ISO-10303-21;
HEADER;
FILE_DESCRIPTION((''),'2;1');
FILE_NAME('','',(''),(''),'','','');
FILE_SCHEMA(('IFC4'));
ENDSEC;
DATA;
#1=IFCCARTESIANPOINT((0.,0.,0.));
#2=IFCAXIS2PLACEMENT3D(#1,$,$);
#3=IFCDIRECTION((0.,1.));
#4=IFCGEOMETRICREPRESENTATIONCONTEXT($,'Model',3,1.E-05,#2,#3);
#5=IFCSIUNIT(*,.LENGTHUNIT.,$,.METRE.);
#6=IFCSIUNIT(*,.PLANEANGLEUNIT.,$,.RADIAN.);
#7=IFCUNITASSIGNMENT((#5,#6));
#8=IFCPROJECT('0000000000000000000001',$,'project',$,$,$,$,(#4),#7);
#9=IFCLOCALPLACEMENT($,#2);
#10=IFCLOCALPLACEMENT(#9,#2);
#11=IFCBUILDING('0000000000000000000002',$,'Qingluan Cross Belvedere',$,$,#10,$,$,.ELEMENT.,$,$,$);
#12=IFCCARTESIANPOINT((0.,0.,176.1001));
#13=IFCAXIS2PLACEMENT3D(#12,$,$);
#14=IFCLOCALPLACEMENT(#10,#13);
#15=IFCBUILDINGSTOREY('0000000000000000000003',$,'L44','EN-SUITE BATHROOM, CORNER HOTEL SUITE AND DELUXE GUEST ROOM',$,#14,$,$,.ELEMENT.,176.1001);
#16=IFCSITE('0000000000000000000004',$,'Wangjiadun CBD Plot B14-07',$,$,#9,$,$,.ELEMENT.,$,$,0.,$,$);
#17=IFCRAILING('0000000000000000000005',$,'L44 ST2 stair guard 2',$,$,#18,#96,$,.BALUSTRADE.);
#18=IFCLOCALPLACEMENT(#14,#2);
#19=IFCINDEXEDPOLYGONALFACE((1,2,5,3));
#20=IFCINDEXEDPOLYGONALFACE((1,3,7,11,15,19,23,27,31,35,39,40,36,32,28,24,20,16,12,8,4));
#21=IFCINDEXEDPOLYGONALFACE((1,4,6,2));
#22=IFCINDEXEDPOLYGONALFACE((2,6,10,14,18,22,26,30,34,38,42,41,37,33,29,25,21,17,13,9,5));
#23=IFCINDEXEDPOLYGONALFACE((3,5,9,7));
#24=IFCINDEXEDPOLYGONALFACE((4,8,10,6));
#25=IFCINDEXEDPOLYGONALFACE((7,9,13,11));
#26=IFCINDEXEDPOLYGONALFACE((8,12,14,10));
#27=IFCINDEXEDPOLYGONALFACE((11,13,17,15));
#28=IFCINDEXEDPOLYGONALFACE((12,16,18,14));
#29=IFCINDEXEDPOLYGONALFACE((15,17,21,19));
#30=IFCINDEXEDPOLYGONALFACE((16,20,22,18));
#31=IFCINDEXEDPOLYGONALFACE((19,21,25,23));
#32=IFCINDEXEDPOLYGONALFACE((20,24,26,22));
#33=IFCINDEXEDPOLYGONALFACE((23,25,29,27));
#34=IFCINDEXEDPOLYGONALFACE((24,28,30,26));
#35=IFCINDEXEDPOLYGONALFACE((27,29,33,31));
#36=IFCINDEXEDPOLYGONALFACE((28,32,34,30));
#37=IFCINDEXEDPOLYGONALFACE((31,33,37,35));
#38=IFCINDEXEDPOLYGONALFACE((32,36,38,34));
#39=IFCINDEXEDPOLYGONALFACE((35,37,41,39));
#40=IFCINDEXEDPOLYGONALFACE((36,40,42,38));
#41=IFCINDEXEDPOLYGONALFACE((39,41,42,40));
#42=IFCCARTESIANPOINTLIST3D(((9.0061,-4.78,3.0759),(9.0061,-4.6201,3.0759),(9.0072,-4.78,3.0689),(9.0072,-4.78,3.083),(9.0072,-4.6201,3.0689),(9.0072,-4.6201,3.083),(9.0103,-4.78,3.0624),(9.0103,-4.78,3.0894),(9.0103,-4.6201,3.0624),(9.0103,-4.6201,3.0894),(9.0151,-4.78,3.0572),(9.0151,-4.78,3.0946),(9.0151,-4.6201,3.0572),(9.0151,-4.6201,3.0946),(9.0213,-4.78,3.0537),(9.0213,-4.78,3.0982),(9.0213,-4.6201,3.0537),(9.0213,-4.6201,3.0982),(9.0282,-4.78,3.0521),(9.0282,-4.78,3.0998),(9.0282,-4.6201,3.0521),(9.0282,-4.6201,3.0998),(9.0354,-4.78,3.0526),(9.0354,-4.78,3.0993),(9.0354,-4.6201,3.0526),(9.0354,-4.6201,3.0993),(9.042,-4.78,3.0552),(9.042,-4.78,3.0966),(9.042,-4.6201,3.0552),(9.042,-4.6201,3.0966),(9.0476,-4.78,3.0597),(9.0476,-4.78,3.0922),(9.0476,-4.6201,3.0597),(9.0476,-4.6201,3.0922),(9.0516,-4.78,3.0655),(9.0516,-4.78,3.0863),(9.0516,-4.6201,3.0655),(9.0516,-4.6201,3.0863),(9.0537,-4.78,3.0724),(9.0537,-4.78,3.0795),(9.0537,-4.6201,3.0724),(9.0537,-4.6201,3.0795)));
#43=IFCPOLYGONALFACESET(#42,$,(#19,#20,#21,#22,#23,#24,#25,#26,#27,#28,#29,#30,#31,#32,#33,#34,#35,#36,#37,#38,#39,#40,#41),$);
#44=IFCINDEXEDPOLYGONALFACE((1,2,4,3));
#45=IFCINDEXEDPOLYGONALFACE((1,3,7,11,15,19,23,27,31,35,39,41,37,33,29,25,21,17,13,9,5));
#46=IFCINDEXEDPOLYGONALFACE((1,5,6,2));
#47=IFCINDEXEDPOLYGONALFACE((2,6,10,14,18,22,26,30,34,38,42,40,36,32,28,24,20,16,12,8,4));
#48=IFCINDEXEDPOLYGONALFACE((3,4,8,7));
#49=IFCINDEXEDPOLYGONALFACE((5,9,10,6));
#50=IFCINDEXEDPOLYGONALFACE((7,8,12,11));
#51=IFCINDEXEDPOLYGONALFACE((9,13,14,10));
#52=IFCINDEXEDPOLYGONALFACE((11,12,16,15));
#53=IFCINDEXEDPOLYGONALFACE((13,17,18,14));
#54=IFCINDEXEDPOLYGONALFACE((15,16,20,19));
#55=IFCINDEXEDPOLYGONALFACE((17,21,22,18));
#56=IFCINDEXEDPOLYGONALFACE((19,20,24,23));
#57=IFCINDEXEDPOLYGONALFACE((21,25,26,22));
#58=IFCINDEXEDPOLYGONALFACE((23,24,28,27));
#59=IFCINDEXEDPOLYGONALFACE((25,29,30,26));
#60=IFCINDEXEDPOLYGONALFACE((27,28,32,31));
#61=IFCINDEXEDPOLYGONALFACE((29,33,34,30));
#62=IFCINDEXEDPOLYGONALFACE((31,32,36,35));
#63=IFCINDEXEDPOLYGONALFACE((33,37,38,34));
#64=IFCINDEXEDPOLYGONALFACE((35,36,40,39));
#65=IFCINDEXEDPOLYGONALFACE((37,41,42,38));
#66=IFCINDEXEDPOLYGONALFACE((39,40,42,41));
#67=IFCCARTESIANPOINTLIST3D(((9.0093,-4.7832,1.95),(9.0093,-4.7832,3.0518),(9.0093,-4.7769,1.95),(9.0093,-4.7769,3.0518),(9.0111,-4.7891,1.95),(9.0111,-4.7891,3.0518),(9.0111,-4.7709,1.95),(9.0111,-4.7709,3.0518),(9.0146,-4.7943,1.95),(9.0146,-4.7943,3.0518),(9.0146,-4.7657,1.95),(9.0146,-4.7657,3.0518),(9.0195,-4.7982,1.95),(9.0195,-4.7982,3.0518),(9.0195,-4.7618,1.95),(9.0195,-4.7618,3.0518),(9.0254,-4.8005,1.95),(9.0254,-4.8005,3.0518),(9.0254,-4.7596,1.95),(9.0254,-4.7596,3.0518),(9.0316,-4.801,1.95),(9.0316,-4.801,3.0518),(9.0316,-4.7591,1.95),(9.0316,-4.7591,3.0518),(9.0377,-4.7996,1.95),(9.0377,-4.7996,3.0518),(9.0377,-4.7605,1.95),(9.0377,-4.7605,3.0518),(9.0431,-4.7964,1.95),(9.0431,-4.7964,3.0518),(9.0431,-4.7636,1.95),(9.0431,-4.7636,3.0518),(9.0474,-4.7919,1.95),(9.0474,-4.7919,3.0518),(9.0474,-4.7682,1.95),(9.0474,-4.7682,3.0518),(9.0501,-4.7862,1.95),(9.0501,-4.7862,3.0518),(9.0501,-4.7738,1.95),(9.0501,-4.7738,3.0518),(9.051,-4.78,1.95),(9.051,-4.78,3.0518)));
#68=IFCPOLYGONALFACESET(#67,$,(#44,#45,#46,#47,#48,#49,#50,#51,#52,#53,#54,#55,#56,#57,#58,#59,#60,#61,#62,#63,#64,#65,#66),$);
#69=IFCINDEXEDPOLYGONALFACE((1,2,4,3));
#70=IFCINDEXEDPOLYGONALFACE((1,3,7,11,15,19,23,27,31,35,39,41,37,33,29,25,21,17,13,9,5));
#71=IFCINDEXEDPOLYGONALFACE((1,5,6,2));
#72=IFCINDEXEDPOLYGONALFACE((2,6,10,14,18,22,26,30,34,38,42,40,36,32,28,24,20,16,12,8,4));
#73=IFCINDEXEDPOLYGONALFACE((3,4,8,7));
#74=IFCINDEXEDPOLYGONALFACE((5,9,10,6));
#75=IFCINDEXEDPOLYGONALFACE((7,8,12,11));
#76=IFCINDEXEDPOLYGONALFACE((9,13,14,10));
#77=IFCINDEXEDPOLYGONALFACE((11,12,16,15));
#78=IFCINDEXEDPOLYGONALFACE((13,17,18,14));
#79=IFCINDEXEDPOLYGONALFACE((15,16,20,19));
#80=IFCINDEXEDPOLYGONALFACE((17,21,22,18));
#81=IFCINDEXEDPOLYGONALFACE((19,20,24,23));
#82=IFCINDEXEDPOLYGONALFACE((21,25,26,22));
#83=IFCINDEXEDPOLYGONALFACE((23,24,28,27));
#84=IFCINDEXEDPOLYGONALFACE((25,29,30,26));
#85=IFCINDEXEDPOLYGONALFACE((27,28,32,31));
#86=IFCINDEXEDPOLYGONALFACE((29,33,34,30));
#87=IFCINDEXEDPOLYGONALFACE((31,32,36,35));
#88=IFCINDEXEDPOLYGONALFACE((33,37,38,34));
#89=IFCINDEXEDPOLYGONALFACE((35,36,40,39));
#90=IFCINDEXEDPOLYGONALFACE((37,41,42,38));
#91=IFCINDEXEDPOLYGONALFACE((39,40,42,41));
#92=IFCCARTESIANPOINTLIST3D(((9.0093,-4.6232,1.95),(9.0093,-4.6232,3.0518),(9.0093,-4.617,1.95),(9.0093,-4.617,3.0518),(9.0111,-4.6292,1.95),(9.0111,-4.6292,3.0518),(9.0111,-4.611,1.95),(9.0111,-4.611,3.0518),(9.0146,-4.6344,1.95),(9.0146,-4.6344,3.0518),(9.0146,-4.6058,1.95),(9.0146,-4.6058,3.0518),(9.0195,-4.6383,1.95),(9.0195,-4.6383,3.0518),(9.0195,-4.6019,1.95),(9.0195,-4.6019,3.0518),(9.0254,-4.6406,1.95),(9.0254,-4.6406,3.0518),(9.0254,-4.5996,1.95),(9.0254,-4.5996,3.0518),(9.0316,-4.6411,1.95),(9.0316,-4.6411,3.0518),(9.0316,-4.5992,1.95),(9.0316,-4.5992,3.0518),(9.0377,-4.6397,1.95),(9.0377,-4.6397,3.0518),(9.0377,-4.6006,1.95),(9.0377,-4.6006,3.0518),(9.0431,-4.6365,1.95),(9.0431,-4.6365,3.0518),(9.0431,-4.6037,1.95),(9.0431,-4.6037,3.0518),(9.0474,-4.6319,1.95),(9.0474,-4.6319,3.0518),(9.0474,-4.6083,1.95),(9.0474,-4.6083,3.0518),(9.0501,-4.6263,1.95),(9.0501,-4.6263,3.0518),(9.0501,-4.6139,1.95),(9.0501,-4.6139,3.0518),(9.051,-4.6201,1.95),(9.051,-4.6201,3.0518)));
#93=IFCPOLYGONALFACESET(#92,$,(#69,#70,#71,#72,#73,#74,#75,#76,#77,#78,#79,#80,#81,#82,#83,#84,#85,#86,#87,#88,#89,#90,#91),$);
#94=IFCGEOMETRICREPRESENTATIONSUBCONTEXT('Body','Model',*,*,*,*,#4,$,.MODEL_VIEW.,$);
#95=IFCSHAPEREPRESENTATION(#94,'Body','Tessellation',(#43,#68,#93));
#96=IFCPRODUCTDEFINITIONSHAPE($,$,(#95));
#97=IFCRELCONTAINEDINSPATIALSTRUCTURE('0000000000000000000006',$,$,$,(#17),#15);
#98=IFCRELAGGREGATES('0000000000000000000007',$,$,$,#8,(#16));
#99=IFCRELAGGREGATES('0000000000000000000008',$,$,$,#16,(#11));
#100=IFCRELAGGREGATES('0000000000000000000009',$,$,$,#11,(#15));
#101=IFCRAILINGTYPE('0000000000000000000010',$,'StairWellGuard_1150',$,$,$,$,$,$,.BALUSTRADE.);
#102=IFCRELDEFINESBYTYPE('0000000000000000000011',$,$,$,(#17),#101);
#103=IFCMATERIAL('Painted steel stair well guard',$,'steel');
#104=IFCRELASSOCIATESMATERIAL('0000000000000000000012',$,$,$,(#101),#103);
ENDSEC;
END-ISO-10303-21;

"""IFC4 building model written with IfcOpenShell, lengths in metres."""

from ifc_helpers import new_model, si_unit, direction, frame, origin, origin_2d, place, context, subcontext, project, spatial, circle, extrude, material, type_object, element, save


model = new_model("IFC4")

# Units and contexts
model_context = context("Model", 3, precision=1e-05, world=origin(), true_north=direction((0.0, 1.0)))
body_context = subcontext(model_context, "Body", "Model", "MODEL_VIEW")
ifc_project = project(units=[si_unit("LENGTHUNIT", "METRE"), si_unit("PLANEANGLEUNIT", "RADIAN")], contexts=[model_context])

# Site, building, storey
site_placement = place(None, origin())
site = spatial("IfcSite", under=ifc_project, at=site_placement, Name="Wangjiadun CBD Plot B14-07", CompositionType="ELEMENT", RefElevation=0.0)
building_placement = place(site_placement, origin())
building = spatial("IfcBuilding", under=site, at=building_placement, Name="Qingluan Cross Belvedere", CompositionType="ELEMENT")
storey_placement = place(building_placement, frame((0.0, 0.0, 176.1001)))
storey = spatial("IfcBuildingStorey", under=building, at=storey_placement, Name="L44", Description="EN-SUITE BATHROOM, CORNER HOTEL SUITE AND DELUXE GUEST ROOM", CompositionType="ELEMENT", Elevation=176.1001)

# Railing
ifc_material_1 = material(Name="Painted steel stair well guard", Category="steel")
railing_type_1 = type_object("IfcRailingType", Name="StairWellGuard_1150", PredefinedType="BALUSTRADE", material=ifc_material_1)
railing_1_placement = place(storey_placement, frame((9.03, -4.78, 1.95)))
element("IfcRailing", 1, at=railing_1_placement, inside=storey, type_object=railing_type_1, Name="L44 ST2 stair guard 2", PredefinedType="BALUSTRADE", context=body_context, shape_type="SweptSolid", body=[
    extrude(circle(Radius=0.0239, at=origin_2d()), frame((0.0, 0.0, 1.126), z_axis=(0.0, 1.0, 0.0), x_axis=(-1.0, 0.0, 0.0)), (0.0, 0.0, 1.0), 0.1599),
    extrude(circle(Radius=0.021, at=origin_2d()), origin(), (0.0, 0.0, 1.0), 1.1018),
    extrude(circle(Radius=0.021, at=origin_2d()), frame((0.0, 0.1599, 0.0)), (0.0, 0.0, 1.0), 1.1018),
])

save(model, "model.ifc")
